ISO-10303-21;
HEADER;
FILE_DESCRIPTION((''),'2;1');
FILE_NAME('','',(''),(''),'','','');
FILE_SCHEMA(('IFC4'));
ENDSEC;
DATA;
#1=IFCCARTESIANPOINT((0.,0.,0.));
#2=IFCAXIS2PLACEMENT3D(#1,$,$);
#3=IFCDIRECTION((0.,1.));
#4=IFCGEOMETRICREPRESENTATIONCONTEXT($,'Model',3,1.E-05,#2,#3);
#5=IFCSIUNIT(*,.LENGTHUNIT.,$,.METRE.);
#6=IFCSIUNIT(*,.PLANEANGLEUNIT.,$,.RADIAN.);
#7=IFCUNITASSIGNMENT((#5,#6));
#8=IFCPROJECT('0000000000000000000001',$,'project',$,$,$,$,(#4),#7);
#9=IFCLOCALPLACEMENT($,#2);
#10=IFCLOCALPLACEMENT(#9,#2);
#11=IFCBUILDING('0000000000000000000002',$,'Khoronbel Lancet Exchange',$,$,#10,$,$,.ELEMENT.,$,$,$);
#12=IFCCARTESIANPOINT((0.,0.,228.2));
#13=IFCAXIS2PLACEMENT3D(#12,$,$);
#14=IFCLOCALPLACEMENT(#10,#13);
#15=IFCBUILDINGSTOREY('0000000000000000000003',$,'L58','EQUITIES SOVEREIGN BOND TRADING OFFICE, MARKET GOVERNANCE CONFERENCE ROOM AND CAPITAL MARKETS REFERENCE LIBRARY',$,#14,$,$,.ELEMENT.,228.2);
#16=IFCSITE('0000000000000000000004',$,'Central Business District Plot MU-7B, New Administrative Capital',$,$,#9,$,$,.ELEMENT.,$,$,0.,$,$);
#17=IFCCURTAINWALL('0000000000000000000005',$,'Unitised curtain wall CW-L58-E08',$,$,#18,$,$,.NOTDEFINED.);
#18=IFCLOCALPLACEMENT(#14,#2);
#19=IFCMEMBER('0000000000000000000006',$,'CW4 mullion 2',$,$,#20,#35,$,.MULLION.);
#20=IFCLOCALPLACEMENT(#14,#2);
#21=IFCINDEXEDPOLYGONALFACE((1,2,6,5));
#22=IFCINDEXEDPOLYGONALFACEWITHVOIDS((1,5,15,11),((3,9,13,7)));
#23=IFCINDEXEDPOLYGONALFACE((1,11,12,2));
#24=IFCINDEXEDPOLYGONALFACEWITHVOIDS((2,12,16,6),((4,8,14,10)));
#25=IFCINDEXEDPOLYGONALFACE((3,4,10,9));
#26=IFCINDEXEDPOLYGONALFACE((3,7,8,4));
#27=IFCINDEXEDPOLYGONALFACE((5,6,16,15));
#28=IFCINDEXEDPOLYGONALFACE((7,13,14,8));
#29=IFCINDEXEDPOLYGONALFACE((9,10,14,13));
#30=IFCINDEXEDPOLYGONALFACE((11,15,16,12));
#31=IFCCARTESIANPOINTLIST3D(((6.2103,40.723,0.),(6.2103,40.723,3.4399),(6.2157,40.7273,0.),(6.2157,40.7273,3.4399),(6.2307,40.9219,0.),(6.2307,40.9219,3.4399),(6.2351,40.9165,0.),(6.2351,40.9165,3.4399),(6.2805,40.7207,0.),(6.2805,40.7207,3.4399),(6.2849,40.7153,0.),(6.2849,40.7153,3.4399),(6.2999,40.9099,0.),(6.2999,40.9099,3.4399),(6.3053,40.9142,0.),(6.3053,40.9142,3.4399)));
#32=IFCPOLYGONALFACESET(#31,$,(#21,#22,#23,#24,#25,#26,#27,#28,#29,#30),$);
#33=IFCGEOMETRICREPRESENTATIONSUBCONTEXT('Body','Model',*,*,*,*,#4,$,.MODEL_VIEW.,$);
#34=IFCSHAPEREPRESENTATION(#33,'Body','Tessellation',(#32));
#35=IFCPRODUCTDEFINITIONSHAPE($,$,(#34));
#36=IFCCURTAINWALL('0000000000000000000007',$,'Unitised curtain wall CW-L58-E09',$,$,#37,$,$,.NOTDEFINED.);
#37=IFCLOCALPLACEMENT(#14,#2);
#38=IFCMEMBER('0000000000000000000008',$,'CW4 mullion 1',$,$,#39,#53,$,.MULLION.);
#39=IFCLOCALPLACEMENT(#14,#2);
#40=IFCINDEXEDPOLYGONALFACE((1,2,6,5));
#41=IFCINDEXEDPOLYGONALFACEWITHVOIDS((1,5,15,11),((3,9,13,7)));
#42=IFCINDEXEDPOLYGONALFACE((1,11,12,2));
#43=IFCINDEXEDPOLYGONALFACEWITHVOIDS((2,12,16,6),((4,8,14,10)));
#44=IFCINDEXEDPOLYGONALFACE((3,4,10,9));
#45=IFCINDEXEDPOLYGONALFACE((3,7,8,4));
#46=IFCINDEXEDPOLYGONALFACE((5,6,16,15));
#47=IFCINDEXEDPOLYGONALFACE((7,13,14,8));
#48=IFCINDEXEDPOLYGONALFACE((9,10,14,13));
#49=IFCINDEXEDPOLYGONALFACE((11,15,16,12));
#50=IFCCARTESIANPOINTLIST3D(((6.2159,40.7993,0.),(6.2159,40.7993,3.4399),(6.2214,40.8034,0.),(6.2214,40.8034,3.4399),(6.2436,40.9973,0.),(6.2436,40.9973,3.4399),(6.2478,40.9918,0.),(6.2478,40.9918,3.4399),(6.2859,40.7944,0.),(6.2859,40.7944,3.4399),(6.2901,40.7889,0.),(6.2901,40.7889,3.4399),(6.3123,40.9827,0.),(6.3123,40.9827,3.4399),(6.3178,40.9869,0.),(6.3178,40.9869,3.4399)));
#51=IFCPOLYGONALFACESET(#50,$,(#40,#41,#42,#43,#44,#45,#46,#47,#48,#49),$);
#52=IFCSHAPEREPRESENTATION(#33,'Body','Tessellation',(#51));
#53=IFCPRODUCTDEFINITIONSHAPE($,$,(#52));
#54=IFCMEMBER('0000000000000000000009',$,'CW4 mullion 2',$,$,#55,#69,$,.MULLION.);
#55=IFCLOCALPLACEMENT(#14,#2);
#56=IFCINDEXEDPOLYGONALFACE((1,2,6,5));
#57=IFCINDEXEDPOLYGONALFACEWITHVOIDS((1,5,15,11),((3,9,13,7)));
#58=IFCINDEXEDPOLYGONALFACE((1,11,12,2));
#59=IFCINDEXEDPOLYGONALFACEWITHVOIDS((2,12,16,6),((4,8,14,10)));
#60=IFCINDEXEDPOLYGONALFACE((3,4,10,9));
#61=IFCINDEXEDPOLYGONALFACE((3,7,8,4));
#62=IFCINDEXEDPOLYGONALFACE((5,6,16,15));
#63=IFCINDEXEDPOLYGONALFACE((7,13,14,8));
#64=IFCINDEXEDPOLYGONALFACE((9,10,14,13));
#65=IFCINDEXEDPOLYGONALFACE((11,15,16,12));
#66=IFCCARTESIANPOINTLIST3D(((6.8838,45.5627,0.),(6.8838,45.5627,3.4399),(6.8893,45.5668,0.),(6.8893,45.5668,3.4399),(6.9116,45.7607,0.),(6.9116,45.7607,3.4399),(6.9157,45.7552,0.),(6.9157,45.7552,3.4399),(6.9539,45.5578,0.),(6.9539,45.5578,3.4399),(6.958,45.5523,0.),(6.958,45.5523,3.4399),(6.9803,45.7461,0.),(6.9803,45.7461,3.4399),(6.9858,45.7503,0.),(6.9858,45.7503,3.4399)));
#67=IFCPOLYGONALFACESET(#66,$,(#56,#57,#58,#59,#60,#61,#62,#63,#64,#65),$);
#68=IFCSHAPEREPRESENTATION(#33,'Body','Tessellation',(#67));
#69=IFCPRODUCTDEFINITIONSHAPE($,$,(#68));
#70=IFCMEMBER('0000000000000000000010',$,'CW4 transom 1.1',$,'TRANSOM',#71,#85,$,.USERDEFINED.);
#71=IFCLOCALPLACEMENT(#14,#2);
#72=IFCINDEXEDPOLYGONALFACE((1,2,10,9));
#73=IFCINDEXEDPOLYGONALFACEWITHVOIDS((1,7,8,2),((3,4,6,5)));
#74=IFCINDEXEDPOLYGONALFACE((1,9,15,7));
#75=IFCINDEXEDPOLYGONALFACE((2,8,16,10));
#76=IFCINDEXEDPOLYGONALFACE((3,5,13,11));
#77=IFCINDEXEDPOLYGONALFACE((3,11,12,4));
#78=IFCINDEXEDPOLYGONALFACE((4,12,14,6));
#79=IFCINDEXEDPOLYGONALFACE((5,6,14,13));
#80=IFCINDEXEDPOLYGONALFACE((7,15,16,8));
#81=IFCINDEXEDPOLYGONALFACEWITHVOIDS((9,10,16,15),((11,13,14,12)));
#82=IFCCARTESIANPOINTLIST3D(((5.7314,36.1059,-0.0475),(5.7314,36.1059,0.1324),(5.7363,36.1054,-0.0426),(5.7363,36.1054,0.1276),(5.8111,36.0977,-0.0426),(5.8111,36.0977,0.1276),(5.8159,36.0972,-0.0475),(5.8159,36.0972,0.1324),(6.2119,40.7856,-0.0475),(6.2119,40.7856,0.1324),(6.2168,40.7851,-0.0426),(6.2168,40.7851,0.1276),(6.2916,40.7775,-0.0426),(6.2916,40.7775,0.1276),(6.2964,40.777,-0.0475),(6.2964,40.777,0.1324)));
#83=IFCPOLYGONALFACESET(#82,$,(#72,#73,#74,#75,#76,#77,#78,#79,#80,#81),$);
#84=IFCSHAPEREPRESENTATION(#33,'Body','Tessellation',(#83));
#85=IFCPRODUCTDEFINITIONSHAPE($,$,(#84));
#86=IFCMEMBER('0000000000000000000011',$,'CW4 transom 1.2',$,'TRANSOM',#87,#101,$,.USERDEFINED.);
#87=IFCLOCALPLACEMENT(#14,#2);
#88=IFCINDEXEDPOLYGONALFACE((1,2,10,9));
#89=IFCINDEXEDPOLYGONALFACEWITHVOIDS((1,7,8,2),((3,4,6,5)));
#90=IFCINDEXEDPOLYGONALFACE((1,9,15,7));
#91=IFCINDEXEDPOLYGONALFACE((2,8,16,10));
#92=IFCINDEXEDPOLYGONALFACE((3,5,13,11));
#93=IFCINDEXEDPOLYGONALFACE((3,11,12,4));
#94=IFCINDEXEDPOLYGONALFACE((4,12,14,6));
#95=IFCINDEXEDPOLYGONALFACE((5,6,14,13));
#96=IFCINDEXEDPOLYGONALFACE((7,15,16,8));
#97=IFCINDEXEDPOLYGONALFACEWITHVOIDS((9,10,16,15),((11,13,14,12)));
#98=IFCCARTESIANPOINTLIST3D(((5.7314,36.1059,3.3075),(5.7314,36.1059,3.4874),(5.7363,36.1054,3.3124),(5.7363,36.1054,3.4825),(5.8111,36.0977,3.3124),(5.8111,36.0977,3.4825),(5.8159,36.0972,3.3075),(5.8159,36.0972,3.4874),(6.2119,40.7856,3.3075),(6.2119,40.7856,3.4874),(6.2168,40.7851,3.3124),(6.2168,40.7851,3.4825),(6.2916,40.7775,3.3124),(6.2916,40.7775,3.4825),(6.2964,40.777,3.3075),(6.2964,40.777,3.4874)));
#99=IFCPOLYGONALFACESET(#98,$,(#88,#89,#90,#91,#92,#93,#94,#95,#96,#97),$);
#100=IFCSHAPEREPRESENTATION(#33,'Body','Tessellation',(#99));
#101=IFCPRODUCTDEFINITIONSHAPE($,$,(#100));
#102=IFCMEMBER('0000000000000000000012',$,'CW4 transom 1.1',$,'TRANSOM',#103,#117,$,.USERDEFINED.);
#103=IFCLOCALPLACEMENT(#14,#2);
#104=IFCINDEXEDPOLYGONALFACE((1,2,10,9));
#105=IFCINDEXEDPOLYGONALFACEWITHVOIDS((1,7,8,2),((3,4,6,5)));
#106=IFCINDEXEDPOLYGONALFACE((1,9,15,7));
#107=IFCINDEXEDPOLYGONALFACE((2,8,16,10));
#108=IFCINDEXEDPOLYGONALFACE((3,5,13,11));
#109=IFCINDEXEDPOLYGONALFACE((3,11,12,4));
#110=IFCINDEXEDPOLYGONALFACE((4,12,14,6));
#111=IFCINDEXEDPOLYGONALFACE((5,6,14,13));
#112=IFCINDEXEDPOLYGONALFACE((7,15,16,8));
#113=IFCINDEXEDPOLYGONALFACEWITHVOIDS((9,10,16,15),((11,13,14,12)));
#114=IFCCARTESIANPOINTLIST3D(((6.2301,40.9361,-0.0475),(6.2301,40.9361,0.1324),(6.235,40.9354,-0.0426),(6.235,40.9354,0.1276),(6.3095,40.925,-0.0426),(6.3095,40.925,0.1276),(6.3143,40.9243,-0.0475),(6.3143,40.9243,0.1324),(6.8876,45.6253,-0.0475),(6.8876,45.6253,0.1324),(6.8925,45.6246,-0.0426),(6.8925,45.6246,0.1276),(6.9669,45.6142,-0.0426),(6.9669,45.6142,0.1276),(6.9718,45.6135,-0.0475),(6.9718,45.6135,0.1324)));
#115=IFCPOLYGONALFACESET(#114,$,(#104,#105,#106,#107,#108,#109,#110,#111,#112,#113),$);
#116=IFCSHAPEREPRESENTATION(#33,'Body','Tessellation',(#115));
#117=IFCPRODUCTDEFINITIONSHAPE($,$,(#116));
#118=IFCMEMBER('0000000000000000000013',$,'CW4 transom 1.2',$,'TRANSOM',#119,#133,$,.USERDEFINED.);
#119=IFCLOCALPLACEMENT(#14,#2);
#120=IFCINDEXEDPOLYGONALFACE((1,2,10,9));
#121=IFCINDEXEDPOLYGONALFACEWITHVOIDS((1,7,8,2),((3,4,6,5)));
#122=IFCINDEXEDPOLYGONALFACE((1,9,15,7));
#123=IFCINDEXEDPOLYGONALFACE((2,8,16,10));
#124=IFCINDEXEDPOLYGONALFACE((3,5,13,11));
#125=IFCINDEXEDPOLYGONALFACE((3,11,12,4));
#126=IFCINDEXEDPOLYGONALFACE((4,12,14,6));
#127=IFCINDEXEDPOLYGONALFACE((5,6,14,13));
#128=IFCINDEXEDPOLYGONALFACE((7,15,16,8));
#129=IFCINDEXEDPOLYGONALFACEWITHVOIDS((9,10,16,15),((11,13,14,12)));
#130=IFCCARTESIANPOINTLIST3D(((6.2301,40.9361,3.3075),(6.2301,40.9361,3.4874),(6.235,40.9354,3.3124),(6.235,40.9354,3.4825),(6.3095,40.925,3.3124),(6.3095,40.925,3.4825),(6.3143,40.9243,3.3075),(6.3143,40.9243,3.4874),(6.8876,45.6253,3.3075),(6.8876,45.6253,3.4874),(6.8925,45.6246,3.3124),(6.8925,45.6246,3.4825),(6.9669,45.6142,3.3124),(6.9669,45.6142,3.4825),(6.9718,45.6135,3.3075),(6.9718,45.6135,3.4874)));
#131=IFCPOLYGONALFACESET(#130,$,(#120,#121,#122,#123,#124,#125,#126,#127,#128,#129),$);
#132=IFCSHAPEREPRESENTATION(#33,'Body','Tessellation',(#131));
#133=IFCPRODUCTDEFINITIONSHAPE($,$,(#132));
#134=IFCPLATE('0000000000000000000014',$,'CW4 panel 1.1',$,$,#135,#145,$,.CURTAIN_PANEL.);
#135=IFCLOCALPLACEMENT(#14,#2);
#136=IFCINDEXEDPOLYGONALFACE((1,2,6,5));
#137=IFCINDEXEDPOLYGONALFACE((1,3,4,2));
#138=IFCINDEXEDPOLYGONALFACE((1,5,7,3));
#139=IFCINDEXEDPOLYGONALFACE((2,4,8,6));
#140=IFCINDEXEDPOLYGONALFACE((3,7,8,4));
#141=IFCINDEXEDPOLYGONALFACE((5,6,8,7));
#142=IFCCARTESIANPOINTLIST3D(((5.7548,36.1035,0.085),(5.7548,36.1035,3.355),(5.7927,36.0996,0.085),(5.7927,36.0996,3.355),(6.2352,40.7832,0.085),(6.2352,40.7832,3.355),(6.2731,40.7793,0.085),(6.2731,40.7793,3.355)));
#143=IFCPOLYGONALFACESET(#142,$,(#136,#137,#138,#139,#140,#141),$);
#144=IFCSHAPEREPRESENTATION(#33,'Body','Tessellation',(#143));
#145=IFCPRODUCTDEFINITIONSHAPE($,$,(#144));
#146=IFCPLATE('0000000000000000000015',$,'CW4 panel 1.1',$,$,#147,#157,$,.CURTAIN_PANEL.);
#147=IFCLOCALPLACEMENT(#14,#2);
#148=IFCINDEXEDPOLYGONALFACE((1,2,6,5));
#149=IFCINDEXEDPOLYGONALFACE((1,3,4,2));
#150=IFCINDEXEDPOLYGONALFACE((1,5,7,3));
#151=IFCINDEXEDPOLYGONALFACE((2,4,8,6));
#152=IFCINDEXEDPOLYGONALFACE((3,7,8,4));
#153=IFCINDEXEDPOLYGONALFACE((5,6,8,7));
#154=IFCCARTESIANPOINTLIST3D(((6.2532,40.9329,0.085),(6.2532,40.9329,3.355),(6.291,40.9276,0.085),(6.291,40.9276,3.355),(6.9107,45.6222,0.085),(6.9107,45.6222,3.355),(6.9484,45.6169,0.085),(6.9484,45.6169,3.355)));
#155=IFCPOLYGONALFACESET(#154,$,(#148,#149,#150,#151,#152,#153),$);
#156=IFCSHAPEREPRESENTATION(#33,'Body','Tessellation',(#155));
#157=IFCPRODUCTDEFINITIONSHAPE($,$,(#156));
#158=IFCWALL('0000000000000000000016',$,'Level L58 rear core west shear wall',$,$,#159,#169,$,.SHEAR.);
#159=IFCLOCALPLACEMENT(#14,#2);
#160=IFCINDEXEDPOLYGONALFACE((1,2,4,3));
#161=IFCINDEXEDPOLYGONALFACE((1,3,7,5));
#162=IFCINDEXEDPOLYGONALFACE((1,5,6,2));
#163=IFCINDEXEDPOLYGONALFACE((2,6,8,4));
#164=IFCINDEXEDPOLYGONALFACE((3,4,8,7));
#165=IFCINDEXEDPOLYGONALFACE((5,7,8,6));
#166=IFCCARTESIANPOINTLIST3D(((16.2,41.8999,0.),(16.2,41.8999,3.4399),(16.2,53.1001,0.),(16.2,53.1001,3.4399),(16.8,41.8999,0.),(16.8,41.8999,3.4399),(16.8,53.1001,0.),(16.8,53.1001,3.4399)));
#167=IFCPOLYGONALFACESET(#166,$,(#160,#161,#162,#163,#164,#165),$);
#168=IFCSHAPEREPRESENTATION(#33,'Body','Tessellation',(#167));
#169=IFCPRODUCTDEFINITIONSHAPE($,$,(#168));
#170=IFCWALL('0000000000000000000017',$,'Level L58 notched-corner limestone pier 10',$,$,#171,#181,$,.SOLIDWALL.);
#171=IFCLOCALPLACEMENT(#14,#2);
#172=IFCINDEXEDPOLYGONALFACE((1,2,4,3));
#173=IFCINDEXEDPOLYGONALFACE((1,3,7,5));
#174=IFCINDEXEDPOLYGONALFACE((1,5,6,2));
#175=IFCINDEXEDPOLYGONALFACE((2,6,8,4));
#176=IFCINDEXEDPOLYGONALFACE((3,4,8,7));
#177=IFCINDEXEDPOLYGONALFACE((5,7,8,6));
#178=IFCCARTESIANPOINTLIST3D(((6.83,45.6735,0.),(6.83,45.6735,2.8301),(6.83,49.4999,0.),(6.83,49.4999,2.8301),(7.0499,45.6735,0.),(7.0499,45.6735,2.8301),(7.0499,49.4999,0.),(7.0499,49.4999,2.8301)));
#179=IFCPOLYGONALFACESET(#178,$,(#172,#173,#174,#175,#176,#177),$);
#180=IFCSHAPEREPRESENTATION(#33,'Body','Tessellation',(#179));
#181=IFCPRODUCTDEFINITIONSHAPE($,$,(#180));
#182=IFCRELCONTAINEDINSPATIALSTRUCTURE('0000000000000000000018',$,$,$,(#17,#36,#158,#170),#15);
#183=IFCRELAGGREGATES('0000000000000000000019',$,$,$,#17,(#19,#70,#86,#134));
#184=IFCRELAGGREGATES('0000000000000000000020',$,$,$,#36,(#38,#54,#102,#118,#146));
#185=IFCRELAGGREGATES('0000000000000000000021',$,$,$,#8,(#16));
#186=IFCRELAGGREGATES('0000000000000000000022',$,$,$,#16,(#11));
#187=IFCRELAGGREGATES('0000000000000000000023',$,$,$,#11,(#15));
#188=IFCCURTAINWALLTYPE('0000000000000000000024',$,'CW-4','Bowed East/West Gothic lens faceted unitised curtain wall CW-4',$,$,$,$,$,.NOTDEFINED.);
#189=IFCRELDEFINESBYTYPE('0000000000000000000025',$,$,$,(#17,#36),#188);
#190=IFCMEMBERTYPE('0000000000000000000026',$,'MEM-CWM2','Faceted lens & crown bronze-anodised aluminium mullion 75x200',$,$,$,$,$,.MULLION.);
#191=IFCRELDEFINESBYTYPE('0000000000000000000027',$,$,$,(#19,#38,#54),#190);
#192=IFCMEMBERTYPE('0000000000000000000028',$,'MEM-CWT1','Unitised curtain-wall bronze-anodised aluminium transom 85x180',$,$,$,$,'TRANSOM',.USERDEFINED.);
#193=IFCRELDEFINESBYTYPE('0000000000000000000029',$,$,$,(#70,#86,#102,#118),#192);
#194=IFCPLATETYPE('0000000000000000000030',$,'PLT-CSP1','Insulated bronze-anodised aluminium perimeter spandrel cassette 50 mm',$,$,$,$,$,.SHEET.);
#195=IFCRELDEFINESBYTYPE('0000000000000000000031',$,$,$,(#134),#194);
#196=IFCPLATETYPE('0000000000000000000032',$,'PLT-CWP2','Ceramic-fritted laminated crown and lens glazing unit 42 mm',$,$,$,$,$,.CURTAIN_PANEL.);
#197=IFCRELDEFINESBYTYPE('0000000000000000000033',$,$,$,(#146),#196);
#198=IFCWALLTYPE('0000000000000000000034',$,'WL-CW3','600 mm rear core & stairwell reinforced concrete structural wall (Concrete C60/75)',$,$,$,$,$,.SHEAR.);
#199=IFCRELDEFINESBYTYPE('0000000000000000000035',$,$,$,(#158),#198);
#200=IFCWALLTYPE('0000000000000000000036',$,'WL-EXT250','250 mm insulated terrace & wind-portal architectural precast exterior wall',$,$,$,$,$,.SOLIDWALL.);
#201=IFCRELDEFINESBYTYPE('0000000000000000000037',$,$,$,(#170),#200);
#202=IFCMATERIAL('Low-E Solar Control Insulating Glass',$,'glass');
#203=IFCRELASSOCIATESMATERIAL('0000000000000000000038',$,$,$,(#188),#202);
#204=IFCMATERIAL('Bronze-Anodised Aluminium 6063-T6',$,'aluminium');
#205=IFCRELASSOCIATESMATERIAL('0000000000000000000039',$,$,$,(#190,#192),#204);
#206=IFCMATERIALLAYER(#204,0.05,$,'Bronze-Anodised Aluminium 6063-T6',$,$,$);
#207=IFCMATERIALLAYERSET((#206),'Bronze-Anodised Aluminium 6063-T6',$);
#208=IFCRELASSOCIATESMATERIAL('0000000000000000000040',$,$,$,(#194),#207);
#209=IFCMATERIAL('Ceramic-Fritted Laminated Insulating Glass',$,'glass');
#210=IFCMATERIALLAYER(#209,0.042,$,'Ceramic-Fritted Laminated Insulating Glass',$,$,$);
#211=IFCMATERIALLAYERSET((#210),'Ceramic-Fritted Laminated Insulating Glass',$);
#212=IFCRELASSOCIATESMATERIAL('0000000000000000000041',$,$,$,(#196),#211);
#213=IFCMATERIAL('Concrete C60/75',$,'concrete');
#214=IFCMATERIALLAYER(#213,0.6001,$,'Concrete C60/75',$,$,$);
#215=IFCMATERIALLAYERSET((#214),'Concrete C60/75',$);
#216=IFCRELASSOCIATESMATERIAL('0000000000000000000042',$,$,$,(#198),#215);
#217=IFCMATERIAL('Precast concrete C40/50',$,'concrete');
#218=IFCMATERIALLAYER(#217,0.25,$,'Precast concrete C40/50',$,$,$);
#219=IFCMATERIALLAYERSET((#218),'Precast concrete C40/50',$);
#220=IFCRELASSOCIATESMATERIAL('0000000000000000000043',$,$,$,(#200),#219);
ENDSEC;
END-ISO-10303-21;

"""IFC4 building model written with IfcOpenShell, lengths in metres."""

from ifc_helpers import new_model, si_unit, direction, frame, frame_2d, origin, origin_2d, place, context, subcontext, project, spatial, rectangle, hollow_rectangle, extrude, material, layer, layer_set, material_profile, profile_set, type_object, element, aggregate, save


model = new_model("IFC4")

# Units and contexts
model_context = context("Model", 3, precision=1e-05, world=origin(), true_north=direction((0.0, 1.0)))
body_context = subcontext(model_context, "Body", "Model", "MODEL_VIEW")
ifc_project = project(units=[si_unit("LENGTHUNIT", "METRE"), si_unit("PLANEANGLEUNIT", "RADIAN")], contexts=[model_context])

# Site, building, storey
site_placement = place(None, origin())
site = spatial("IfcSite", under=ifc_project, at=site_placement, Name="Central Business District Plot MU-7B, New Administrative Capital", CompositionType="ELEMENT", RefElevation=0.0)
building_placement = place(site_placement, origin())
building = spatial("IfcBuilding", under=site, at=building_placement, Name="Khoronbel Lancet Exchange", CompositionType="ELEMENT")
storey_placement = place(building_placement, frame((0.0, 0.0, 228.2)))
storey = spatial("IfcBuildingStorey", under=building, at=storey_placement, Name="L58", Description="EQUITIES SOVEREIGN BOND TRADING OFFICE, MARKET GOVERNANCE CONFERENCE ROOM AND CAPITAL MARKETS REFERENCE LIBRARY", CompositionType="ELEMENT", Elevation=228.2)

# Shared definitions
ifc_material_1 = material(Name="Low-E Solar Control Insulating Glass", Category="glass")
curtain_wall_type = type_object("IfcCurtainWallType", Name="CW-4", Description="Bowed East/West Gothic lens faceted unitised curtain wall CW-4", PredefinedType="NOTDEFINED", material=ifc_material_1)
ifc_material_2 = material(Name="Bronze-Anodised Aluminium 6063-T6", Category="aluminium")
ifc_material_profile_1 = material_profile(ifc_material_2, hollow_rectangle(XDim=0.075, YDim=0.2, WallThickness=0.0049, at=origin_2d()), Name="ALU MULLION 75x200")
ifc_profile_set_1 = profile_set([ifc_material_profile_1], Name="Bronze-Anodised Aluminium 6063-T6")
member_type_1 = type_object("IfcMemberType", Name="MEM-CWM2", Description="Faceted lens & crown bronze-anodised aluminium mullion 75x200", PredefinedType="MULLION", material=ifc_profile_set_1)

# Curtain walls, members
curtain_wall_1_placement = place(storey_placement, origin())
curtain_wall_1 = element("IfcCurtainWall", 1, at=curtain_wall_1_placement, inside=storey, type_object=curtain_wall_type, Name="Unitised curtain wall CW-L58-E08", PredefinedType="NOTDEFINED")
member_1_placement = place(storey_placement, frame((6.2578, 40.8186, 0.0), z_axis=(0.0, 0.0, 1.0), x_axis=(-0.994772, 0.102116, 0.0)))
member_1 = element("IfcMember", 2, at=member_1_placement, type_object=member_type_1, Name="CW4 mullion 2", PredefinedType="MULLION", context=body_context, shape_type="SweptSolid", body=[
    extrude(hollow_rectangle(XDim=0.075, YDim=0.2, WallThickness=0.0049, at=origin_2d()), origin(), (0.0, 0.0, 1.0), 3.4399),
])
curtain_wall_2_placement = place(storey_placement, origin())
curtain_wall_2 = element("IfcCurtainWall", 3, at=curtain_wall_2_placement, inside=storey, type_object=curtain_wall_type, Name="Unitised curtain wall CW-L58-E09", PredefinedType="NOTDEFINED")
member_2_placement = place(storey_placement, frame((6.2668, 40.8931, 0.0), z_axis=(0.0, 0.0, 1.0), x_axis=(-0.990313, 0.13885, 0.0)))
member_2 = element("IfcMember", 4, at=member_2_placement, type_object=member_type_1, Name="CW4 mullion 1", PredefinedType="MULLION", context=body_context, shape_type="SweptSolid", body=[
    extrude(hollow_rectangle(XDim=0.075, YDim=0.2, WallThickness=0.0049, at=origin_2d()), origin(), (0.0, 0.0, 1.0), 3.4399),
])
member_3_placement = place(storey_placement, frame((6.9348, 45.6565, 0.0), z_axis=(0.0, 0.0, 1.0), x_axis=(-0.990313, 0.13885, 0.0)))
member_3 = element("IfcMember", 5, at=member_3_placement, type_object=member_type_1, Name="CW4 mullion 2", PredefinedType="MULLION", context=body_context, shape_type="SweptSolid", body=[
    extrude(hollow_rectangle(XDim=0.075, YDim=0.2, WallThickness=0.0049, at=origin_2d()), origin(), (0.0, 0.0, 1.0), 3.4399),
])

# Members
ifc_material_profile_2 = material_profile(ifc_material_2, hollow_rectangle(XDim=0.085, YDim=0.1799, WallThickness=0.0049, at=origin_2d()), Name="ALU TRANSOM 85x180")
ifc_profile_set_2 = profile_set([ifc_material_profile_2], Name="Bronze-Anodised Aluminium 6063-T6")
member_type_2 = type_object("IfcMemberType", Name="MEM-CWT1", Description="Unitised curtain-wall bronze-anodised aluminium transom 85x180", ElementType="TRANSOM", PredefinedType="USERDEFINED", material=ifc_profile_set_2)
member_4_placement = place(storey_placement, frame((5.7737, 36.1016, 0.0425), z_axis=(0.102134, 0.994771, 0.0), x_axis=(-0.994771, 0.102134, 0.0)))
member_4 = element("IfcMember", 6, at=member_4_placement, type_object=member_type_2, Name="CW4 transom 1.1", ObjectType="TRANSOM", PredefinedType="USERDEFINED", context=body_context, shape_type="SweptSolid", body=[
    extrude(hollow_rectangle(XDim=0.085, YDim=0.1799, WallThickness=0.0049, at=origin_2d()), origin(), (0.0, 0.0, 1.0), 4.7043),
])
member_5_placement = place(storey_placement, frame((5.7737, 36.1016, 3.3975), z_axis=(0.102134, 0.994771, 0.0), x_axis=(-0.994771, 0.102134, 0.0)))
member_5 = element("IfcMember", 7, at=member_5_placement, type_object=member_type_2, Name="CW4 transom 1.2", ObjectType="TRANSOM", PredefinedType="USERDEFINED", context=body_context, shape_type="SweptSolid", body=[
    extrude(hollow_rectangle(XDim=0.085, YDim=0.1799, WallThickness=0.0049, at=origin_2d()), origin(), (0.0, 0.0, 1.0), 4.7043),
])
member_6_placement = place(storey_placement, frame((6.2722, 40.9302, 0.0425), z_axis=(0.138851, 0.990313, 0.0), x_axis=(-0.990313, 0.138851, 0.0)))
member_6 = element("IfcMember", 8, at=member_6_placement, type_object=member_type_2, Name="CW4 transom 1.1", ObjectType="TRANSOM", PredefinedType="USERDEFINED", context=body_context, shape_type="SweptSolid", body=[
    extrude(hollow_rectangle(XDim=0.085, YDim=0.1799, WallThickness=0.0049, at=origin_2d()), origin(), (0.0, 0.0, 1.0), 4.7351),
])
member_7_placement = place(storey_placement, frame((6.2722, 40.9302, 3.3975), z_axis=(0.138851, 0.990313, 0.0), x_axis=(-0.990313, 0.138851, 0.0)))
member_7 = element("IfcMember", 9, at=member_7_placement, type_object=member_type_2, Name="CW4 transom 1.2", ObjectType="TRANSOM", PredefinedType="USERDEFINED", context=body_context, shape_type="SweptSolid", body=[
    extrude(hollow_rectangle(XDim=0.085, YDim=0.1799, WallThickness=0.0049, at=origin_2d()), origin(), (0.0, 0.0, 1.0), 4.7351),
])

# Plates
ifc_layer_1 = layer(ifc_material_2, 0.05, Name="Bronze-Anodised Aluminium 6063-T6")
ifc_layer_set_1 = layer_set([ifc_layer_1], Name="Bronze-Anodised Aluminium 6063-T6")
plate_type_1 = type_object("IfcPlateType", Name="PLT-CSP1", Description="Insulated bronze-anodised aluminium perimeter spandrel cassette 50 mm", PredefinedType="SHEET", material=ifc_layer_set_1)
plate_1_placement = place(storey_placement, frame((6.0139, 38.4414, 0.085), z_axis=(0.0, 0.0, 1.0), x_axis=(0.102116, 0.994772, 0.0)))
plate_1 = element("IfcPlate", 10, at=plate_1_placement, type_object=plate_type_1, Name="CW4 panel 1.1", PredefinedType="CURTAIN_PANEL", context=body_context, shape_type="SweptSolid", body=[
    extrude(rectangle(XDim=4.7043, YDim=0.0381, at=origin_2d()), origin(), (0.0, 0.0, 1.0), 3.27),
])
aggregate(curtain_wall_1, [member_1, member_4, member_5, plate_1])
ifc_material_3 = material(Name="Ceramic-Fritted Laminated Insulating Glass", Category="glass")
ifc_layer_2 = layer(ifc_material_3, 0.042, Name="Ceramic-Fritted Laminated Insulating Glass")
ifc_layer_set_2 = layer_set([ifc_layer_2], Name="Ceramic-Fritted Laminated Insulating Glass")
plate_type_2 = type_object("IfcPlateType", Name="PLT-CWP2", Description="Ceramic-fritted laminated crown and lens glazing unit 42 mm", PredefinedType="CURTAIN_PANEL", material=ifc_layer_set_2)
plate_2_placement = place(storey_placement, frame((6.6008, 43.2749, 0.085), z_axis=(0.0, 0.0, 1.0), x_axis=(0.13885, 0.990313, 0.0)))
plate_2 = element("IfcPlate", 11, at=plate_2_placement, type_object=plate_type_2, Name="CW4 panel 1.1", PredefinedType="CURTAIN_PANEL", context=body_context, shape_type="SweptSolid", body=[
    extrude(rectangle(XDim=4.7351, YDim=0.0381, at=origin_2d()), origin(), (0.0, 0.0, 1.0), 3.27),
])
aggregate(curtain_wall_2, [member_2, member_3, member_6, member_7, plate_2])

# Walls
ifc_material_4 = material(Name="Concrete C60/75", Category="concrete")
ifc_layer_3 = layer(ifc_material_4, 0.6001, Name="Concrete C60/75")
ifc_layer_set_3 = layer_set([ifc_layer_3], Name="Concrete C60/75")
wall_type_1 = type_object("IfcWallType", Name="WL-CW3", Description="600 mm rear core & stairwell reinforced concrete structural wall (Concrete C60/75)", PredefinedType="SHEAR", material=ifc_layer_set_3)
wall_1_placement = place(storey_placement, frame((16.5, 41.8999, 0.0), z_axis=(0.0, 0.0, 1.0), x_axis=(0.0, 1.0, 0.0)))
element("IfcWall", 12, at=wall_1_placement, inside=storey, type_object=wall_type_1, Name="Level L58 rear core west shear wall", PredefinedType="SHEAR", context=body_context, shape_type="SweptSolid", body=[
    extrude(rectangle(XDim=11.2002, YDim=0.6001, at=frame_2d((5.6001, 0.0))), origin(), (0.0, 0.0, 1.0), 3.4399),
])
ifc_material_5 = material(Name="Precast concrete C40/50", Category="concrete")
ifc_layer_4 = layer(ifc_material_5, 0.25, Name="Precast concrete C40/50")
ifc_layer_set_4 = layer_set([ifc_layer_4], Name="Precast concrete C40/50")
wall_type_2 = type_object("IfcWallType", Name="WL-EXT250", Description="250 mm insulated terrace & wind-portal architectural precast exterior wall", PredefinedType="SOLIDWALL", material=ifc_layer_set_4)
wall_2_placement = place(storey_placement, frame((6.9399, 45.6736, 0.0), z_axis=(0.0, 0.0, 1.0), x_axis=(0.0, 1.0, 0.0)))
element("IfcWall", 13, at=wall_2_placement, inside=storey, type_object=wall_type_2, Name="Level L58 notched-corner limestone pier 10", PredefinedType="SOLIDWALL", context=body_context, shape_type="SweptSolid", body=[
    extrude(rectangle(XDim=3.8264, YDim=0.22, at=frame_2d((1.9131, 0.0))), origin(), (0.0, 0.0, 1.0), 2.8301),
])

save(model, "model.ifc")
